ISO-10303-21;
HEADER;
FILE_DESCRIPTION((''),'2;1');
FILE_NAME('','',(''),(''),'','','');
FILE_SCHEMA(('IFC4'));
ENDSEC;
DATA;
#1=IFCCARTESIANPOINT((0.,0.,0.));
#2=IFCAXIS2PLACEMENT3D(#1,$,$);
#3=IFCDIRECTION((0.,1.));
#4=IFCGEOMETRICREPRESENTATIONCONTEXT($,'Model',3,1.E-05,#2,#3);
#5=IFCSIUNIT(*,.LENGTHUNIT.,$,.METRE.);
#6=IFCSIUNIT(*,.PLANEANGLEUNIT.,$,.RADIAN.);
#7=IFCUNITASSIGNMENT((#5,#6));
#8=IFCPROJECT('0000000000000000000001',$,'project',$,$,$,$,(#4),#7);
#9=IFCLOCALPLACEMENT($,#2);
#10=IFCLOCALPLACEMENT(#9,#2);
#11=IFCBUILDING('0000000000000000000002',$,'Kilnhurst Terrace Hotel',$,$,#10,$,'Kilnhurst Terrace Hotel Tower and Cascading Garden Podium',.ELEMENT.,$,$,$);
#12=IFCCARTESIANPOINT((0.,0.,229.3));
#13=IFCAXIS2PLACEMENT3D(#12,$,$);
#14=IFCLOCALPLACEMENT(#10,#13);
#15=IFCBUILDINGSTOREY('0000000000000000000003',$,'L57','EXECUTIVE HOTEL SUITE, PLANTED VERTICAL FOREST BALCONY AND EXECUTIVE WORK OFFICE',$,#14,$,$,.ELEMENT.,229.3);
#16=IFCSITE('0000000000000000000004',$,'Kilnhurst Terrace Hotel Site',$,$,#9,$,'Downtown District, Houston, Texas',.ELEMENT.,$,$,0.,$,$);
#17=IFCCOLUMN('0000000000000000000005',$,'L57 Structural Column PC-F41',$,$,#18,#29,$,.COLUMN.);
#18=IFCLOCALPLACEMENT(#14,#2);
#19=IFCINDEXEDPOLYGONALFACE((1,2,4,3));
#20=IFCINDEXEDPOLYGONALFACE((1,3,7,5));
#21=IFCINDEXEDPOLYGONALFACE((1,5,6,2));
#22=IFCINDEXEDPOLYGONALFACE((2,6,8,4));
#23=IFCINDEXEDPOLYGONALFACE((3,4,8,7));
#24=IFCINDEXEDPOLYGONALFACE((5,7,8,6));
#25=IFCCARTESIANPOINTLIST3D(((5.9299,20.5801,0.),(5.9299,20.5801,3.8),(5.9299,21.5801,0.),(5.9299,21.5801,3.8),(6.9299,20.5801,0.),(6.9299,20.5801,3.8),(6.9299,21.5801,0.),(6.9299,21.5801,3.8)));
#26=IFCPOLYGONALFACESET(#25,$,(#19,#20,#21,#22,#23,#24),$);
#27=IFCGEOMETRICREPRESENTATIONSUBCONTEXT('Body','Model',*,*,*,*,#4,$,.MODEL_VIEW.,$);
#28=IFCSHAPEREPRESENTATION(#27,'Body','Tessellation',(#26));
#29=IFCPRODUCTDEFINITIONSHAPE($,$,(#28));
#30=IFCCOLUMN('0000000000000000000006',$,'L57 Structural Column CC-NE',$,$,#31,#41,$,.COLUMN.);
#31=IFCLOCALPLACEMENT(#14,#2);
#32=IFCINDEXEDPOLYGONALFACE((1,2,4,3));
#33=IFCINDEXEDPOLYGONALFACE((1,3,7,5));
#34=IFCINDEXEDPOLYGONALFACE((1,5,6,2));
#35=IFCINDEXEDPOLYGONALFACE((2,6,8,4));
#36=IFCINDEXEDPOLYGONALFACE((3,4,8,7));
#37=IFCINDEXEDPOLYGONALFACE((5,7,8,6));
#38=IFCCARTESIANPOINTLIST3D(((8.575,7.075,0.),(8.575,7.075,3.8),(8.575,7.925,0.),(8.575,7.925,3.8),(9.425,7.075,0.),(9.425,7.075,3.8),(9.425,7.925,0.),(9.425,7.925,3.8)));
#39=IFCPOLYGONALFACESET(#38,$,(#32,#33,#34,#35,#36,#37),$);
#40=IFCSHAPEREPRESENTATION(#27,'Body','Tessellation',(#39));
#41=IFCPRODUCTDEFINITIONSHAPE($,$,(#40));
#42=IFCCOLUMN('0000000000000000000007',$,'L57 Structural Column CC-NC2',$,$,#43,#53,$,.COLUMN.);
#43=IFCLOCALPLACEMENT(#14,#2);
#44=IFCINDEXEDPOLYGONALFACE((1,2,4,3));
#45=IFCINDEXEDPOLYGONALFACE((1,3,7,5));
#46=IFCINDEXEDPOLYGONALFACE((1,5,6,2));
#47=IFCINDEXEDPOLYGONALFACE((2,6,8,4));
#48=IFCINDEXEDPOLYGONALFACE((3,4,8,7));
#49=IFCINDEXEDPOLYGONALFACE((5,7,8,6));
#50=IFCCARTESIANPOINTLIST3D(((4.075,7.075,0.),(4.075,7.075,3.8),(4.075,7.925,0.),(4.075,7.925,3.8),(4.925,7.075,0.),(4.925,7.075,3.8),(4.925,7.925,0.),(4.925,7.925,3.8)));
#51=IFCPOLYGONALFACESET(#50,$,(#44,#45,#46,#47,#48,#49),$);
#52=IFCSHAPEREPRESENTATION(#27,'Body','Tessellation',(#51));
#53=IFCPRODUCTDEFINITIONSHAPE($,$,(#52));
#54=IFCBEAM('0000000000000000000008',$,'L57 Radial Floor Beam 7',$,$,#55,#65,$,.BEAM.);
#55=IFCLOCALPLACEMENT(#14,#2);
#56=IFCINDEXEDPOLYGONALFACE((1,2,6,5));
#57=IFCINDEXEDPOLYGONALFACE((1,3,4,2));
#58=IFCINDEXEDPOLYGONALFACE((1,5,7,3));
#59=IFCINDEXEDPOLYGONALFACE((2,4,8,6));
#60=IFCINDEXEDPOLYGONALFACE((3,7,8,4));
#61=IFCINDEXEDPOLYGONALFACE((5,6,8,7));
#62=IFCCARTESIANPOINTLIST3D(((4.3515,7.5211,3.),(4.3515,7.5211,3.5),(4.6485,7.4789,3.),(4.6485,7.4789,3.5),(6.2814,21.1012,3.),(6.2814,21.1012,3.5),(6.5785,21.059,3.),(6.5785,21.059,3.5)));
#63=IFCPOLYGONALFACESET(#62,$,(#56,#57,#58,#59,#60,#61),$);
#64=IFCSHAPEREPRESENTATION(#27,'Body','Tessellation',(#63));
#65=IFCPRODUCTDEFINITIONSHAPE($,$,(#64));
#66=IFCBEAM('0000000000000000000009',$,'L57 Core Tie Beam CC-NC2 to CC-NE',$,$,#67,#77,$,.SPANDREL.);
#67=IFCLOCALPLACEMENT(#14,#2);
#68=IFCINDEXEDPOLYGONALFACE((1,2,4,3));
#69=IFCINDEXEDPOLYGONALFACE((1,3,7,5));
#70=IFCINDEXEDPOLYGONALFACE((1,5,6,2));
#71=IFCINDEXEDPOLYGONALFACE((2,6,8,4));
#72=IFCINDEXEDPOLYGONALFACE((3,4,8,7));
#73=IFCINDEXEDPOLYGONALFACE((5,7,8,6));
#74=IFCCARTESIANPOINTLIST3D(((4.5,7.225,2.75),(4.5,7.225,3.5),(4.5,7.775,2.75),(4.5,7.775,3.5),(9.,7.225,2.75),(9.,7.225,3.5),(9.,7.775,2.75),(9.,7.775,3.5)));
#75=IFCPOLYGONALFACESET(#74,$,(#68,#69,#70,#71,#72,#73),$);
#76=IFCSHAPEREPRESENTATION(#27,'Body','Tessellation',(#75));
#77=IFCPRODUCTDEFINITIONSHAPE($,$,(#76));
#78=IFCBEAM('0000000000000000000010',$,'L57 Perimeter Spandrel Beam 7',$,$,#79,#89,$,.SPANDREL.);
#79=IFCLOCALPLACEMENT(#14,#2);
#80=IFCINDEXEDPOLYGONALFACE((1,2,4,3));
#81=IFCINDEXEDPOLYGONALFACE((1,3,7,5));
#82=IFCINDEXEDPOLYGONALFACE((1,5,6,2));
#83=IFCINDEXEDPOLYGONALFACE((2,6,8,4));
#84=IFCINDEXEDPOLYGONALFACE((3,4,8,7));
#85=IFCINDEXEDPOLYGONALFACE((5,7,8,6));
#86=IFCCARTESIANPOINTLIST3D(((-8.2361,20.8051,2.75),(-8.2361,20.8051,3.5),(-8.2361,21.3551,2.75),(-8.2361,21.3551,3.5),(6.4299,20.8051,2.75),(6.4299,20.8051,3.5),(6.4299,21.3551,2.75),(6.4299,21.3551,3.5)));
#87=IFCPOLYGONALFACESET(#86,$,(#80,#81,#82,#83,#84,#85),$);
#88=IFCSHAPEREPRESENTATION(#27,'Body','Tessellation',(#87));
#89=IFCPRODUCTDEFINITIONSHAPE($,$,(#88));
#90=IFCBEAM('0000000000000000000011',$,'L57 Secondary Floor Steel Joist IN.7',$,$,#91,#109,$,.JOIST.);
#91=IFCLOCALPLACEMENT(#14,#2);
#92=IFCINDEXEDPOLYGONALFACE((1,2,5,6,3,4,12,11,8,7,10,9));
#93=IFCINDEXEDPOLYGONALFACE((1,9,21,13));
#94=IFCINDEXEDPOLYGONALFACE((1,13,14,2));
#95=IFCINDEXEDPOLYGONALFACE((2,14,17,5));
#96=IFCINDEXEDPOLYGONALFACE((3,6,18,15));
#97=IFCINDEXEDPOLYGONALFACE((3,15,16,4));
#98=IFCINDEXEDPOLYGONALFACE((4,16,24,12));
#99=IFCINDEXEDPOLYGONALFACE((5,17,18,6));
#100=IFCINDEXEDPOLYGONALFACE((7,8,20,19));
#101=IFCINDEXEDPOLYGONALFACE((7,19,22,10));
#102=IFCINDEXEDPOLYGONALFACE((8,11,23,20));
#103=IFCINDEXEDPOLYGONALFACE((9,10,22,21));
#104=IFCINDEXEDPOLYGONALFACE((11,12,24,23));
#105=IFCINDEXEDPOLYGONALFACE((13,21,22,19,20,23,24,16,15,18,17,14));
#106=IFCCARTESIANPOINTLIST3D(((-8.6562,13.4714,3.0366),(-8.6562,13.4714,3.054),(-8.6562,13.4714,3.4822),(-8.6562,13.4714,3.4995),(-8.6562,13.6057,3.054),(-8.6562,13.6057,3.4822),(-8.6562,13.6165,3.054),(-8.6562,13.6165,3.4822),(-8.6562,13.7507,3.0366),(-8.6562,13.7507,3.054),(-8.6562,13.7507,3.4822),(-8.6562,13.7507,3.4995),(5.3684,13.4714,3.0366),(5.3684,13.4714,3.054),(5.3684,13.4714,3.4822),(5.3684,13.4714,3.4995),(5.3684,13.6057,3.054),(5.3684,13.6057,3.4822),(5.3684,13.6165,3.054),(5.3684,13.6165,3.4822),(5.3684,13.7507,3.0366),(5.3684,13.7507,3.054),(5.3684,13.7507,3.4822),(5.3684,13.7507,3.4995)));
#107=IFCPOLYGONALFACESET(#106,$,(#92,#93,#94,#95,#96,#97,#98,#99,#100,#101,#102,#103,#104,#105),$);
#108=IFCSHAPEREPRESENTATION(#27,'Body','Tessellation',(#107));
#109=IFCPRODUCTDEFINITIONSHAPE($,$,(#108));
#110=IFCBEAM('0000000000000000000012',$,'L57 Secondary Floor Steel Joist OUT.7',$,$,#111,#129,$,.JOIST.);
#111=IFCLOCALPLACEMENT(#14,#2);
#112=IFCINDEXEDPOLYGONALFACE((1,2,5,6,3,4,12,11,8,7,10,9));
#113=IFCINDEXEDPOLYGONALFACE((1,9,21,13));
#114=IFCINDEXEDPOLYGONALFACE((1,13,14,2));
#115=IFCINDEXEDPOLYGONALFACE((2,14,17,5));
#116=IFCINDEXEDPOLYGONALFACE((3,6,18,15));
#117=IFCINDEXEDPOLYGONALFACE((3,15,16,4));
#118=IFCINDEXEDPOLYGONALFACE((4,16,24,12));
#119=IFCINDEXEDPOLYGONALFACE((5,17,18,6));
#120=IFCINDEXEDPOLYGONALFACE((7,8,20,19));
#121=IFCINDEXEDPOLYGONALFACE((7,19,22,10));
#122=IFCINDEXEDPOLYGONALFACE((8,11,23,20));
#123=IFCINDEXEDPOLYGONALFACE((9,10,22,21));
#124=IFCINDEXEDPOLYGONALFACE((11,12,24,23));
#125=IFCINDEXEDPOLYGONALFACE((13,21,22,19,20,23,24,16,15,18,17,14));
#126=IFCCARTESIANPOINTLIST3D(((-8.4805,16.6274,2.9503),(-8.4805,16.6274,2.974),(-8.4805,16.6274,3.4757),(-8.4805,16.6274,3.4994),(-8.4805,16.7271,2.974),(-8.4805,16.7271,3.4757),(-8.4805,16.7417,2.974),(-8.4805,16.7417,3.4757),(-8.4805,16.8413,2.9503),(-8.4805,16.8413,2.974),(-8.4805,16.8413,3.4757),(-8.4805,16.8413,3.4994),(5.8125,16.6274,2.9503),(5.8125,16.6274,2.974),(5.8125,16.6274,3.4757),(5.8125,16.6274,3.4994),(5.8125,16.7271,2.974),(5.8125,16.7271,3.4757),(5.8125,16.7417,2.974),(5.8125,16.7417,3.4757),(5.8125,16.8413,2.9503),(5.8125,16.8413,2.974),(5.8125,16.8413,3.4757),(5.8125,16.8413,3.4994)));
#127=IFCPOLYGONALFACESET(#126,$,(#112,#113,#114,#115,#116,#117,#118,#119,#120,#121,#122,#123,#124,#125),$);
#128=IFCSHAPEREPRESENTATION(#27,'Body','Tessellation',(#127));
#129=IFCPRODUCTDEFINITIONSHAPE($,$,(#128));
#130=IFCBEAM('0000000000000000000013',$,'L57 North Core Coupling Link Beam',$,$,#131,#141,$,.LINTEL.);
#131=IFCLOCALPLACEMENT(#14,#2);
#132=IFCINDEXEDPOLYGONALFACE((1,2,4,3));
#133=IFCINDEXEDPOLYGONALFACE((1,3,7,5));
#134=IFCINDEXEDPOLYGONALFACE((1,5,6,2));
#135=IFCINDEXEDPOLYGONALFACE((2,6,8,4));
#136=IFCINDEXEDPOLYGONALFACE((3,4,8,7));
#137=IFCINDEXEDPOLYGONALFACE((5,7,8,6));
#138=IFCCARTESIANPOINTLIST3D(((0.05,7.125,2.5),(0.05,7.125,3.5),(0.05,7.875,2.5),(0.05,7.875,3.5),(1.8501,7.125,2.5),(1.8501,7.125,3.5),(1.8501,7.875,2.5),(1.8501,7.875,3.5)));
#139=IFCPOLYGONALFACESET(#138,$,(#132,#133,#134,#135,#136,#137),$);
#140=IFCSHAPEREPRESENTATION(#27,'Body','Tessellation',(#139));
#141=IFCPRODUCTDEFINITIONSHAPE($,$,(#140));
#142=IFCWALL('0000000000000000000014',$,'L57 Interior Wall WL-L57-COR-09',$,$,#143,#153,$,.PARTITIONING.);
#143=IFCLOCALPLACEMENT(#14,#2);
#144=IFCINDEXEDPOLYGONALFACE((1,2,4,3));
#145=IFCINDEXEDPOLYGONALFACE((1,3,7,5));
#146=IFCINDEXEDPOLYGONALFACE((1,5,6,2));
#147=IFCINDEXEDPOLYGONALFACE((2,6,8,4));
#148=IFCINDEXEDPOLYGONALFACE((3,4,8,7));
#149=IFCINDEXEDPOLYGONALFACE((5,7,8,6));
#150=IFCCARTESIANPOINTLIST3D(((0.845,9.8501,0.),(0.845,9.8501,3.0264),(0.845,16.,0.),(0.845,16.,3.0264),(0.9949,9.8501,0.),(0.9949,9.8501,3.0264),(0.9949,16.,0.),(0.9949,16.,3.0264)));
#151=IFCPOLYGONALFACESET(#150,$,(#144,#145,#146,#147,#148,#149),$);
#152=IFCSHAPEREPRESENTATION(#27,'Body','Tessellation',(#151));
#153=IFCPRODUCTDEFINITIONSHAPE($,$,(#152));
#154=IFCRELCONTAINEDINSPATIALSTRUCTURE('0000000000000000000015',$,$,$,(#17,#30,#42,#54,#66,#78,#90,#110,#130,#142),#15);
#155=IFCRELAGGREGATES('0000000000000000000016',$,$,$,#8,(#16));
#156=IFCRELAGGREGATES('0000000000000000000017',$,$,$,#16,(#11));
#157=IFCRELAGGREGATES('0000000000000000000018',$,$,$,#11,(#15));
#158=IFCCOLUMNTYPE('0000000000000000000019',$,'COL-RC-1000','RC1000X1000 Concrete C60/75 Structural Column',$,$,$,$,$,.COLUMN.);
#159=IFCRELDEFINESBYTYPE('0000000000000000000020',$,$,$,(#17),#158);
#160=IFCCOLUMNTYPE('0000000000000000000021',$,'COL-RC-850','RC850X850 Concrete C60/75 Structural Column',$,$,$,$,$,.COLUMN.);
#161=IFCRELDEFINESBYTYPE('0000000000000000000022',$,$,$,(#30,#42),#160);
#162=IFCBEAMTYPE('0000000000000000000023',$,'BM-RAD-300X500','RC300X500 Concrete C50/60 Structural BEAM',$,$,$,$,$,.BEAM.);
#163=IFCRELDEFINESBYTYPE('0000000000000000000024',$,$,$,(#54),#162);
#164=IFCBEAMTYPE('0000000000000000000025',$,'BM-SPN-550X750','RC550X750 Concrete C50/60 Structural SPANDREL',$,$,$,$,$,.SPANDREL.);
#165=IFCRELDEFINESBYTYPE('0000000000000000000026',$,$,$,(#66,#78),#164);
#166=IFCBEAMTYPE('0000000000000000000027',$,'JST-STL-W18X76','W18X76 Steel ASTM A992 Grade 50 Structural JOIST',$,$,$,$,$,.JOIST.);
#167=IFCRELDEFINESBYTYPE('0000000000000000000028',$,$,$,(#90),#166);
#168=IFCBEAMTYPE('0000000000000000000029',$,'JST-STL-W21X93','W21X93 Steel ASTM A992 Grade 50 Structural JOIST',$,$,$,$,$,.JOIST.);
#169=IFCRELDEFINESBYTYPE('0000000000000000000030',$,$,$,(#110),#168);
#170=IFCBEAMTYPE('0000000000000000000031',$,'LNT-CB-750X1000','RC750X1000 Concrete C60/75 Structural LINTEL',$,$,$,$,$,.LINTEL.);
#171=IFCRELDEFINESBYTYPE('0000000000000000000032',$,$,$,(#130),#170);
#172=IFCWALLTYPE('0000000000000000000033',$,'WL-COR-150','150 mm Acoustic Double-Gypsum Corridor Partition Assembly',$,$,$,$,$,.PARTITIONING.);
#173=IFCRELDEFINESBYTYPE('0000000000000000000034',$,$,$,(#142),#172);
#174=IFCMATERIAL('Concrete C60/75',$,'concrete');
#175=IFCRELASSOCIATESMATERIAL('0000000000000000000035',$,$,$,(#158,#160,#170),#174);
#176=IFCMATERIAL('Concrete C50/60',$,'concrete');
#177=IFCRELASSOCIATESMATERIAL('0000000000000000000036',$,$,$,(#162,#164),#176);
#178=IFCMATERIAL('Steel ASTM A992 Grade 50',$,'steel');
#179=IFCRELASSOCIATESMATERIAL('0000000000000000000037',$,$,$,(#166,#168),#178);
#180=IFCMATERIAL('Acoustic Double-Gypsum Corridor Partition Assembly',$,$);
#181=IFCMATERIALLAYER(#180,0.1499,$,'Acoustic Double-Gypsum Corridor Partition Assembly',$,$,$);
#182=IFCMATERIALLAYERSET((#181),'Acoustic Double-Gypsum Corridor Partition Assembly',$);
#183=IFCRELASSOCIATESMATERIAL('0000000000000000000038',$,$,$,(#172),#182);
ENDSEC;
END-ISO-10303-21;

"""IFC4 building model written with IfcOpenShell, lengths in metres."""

from ifc_helpers import new_model, si_unit, direction, frame, frame_2d, origin, origin_2d, place, context, subcontext, project, spatial, rectangle, i_section, extrude, material, layer, layer_set, material_profile, profile_set, type_object, element, save


model = new_model("IFC4")

# Units and contexts
model_context = context("Model", 3, precision=1e-05, world=origin(), true_north=direction((0.0, 1.0)))
body_context = subcontext(model_context, "Body", "Model", "MODEL_VIEW")
ifc_project = project(units=[si_unit("LENGTHUNIT", "METRE"), si_unit("PLANEANGLEUNIT", "RADIAN")], contexts=[model_context])

# Site, building, storey
site_placement = place(None, origin())
site = spatial("IfcSite", under=ifc_project, at=site_placement, Name="Kilnhurst Terrace Hotel Site", LongName="Downtown District, Houston, Texas", CompositionType="ELEMENT", RefElevation=0.0)
building_placement = place(site_placement, origin())
building = spatial("IfcBuilding", under=site, at=building_placement, Name="Kilnhurst Terrace Hotel", LongName="Kilnhurst Terrace Hotel Tower and Cascading Garden Podium", CompositionType="ELEMENT")
storey_placement = place(building_placement, frame((0.0, 0.0, 229.3)))
storey = spatial("IfcBuildingStorey", under=building, at=storey_placement, Name="L57", Description="EXECUTIVE HOTEL SUITE, PLANTED VERTICAL FOREST BALCONY AND EXECUTIVE WORK OFFICE", CompositionType="ELEMENT", Elevation=229.3)

# Columns
ifc_material_1 = material(Name="Concrete C60/75", Category="concrete")
ifc_material_profile_1 = material_profile(ifc_material_1, rectangle(XDim=1.0, YDim=1.0, at=origin_2d()), Name="RC1000X1000")
ifc_profile_set_1 = profile_set([ifc_material_profile_1], Name="Concrete C60/75")
column_type_1 = type_object("IfcColumnType", Name="COL-RC-1000", Description="RC1000X1000 Concrete C60/75 Structural Column", PredefinedType="COLUMN", material=ifc_profile_set_1)
column_placement = place(storey_placement, frame((6.4299, 21.0801, 0.0), z_axis=(0.0, 0.0, 1.0), x_axis=(1.0, 0.0, 0.0)))
element("IfcColumn", 1, at=column_placement, inside=storey, type_object=column_type_1, Name="L57 Structural Column PC-F41", PredefinedType="COLUMN", context=body_context, shape_type="SweptSolid", body=[
    extrude(rectangle(XDim=1.0, YDim=1.0, at=origin_2d()), origin(), (0.0, 0.0, 1.0), 3.8),
])
ifc_material_profile_2 = material_profile(ifc_material_1, rectangle(XDim=0.8501, YDim=0.8501, at=origin_2d()), Name="RC850X850")
ifc_profile_set_2 = profile_set([ifc_material_profile_2], Name="Concrete C60/75")
column_type_2 = type_object("IfcColumnType", Name="COL-RC-850", Description="RC850X850 Concrete C60/75 Structural Column", PredefinedType="COLUMN", material=ifc_profile_set_2)
for number, where, z_axis, x_axis, name in (
    (2, (9.0, 7.5, 0.0), (0.0, 0.0, 1.0), (1.0, 0.0, 0.0), "L57 Structural Column CC-NE"),
    (3, (4.5, 7.5, 0.0), (0.0, 0.0, 1.0), (1.0, 0.0, 0.0), "L57 Structural Column CC-NC2"),
):
    element("IfcColumn", number, at=place(storey_placement, frame(where, z_axis=z_axis, x_axis=x_axis)), inside=storey, type_object=column_type_2, Name=name, PredefinedType="COLUMN", context=body_context, shape_type="SweptSolid", body=[
        extrude(rectangle(XDim=0.8501, YDim=0.8501, at=origin_2d()), origin(), (0.0, 0.0, 1.0), 3.8),
    ])

# Beams
ifc_material_2 = material(Name="Concrete C50/60", Category="concrete")
ifc_material_profile_3 = material_profile(ifc_material_2, rectangle(XDim=0.3, YDim=0.5, at=origin_2d()), Name="RC300X500")
ifc_profile_set_3 = profile_set([ifc_material_profile_3], Name="Concrete C50/60")
beam_type_1 = type_object("IfcBeamType", Name="BM-RAD-300X500", Description="RC300X500 Concrete C50/60 Structural BEAM", PredefinedType="BEAM", material=ifc_profile_set_3)
beam_1_placement = place(storey_placement, frame((4.5, 7.5, 3.25), z_axis=(0.140701, 0.990052, 0.0), x_axis=(-0.990052, 0.140701, 0.0)))
element("IfcBeam", 4, at=beam_1_placement, inside=storey, type_object=beam_type_1, Name="L57 Radial Floor Beam 7", PredefinedType="BEAM", context=body_context, shape_type="SweptSolid", body=[
    extrude(rectangle(XDim=0.3, YDim=0.5, at=origin_2d()), origin(), (0.0, 0.0, 1.0), 13.7166),
])
ifc_material_profile_4 = material_profile(ifc_material_2, rectangle(XDim=0.55, YDim=0.75, at=origin_2d()), Name="RC550X750")
ifc_profile_set_4 = profile_set([ifc_material_profile_4], Name="Concrete C50/60")
beam_type_2 = type_object("IfcBeamType", Name="BM-SPN-550X750", Description="RC550X750 Concrete C50/60 Structural SPANDREL", PredefinedType="SPANDREL", material=ifc_profile_set_4)
beam_2_placement = place(storey_placement, frame((4.5, 7.5, 3.125), z_axis=(1.0, 0.0, 0.0), x_axis=(0.0, 1.0, 0.0)))
element("IfcBeam", 5, at=beam_2_placement, inside=storey, type_object=beam_type_2, Name="L57 Core Tie Beam CC-NC2 to CC-NE", PredefinedType="SPANDREL", context=body_context, shape_type="SweptSolid", body=[
    extrude(rectangle(XDim=0.55, YDim=0.75, at=origin_2d()), origin(), (0.0, 0.0, 1.0), 4.5),
])
beam_3_placement = place(storey_placement, frame((6.4299, 21.0801, 3.125), z_axis=(-1.0, 0.0, 0.0), x_axis=(0.0, -1.0, 0.0)))
element("IfcBeam", 6, at=beam_3_placement, inside=storey, type_object=beam_type_2, Name="L57 Perimeter Spandrel Beam 7", PredefinedType="SPANDREL", context=body_context, shape_type="SweptSolid", body=[
    extrude(rectangle(XDim=0.55, YDim=0.75, at=origin_2d()), origin(), (0.0, 0.0, 1.0), 14.666),
])
ifc_material_3 = material(Name="Steel ASTM A992 Grade 50", Category="steel")
ifc_material_profile_5 = material_profile(ifc_material_3, i_section(OverallWidth=0.2793, OverallDepth=0.4629, WebThickness=0.0107, FlangeThickness=0.0173, at=origin_2d()), Name="W18X76")
ifc_profile_set_5 = profile_set([ifc_material_profile_5], Name="Steel ASTM A992 Grade 50")
beam_type_3 = type_object("IfcBeamType", Name="JST-STL-W18X76", Description="W18X76 Steel ASTM A992 Grade 50 Structural JOIST", PredefinedType="JOIST", material=ifc_profile_set_5)
beam_4_placement = place(storey_placement, frame((5.3684, 13.6111, 3.2681), z_axis=(-1.0, 0.0, 0.0), x_axis=(0.0, -1.0, 0.0)))
element("IfcBeam", 7, at=beam_4_placement, inside=storey, type_object=beam_type_3, Name="L57 Secondary Floor Steel Joist IN.7", PredefinedType="JOIST", context=body_context, shape_type="SweptSolid", body=[
    extrude(i_section(OverallWidth=0.2793, OverallDepth=0.4629, WebThickness=0.0107, FlangeThickness=0.0173, at=origin_2d()), origin(), (0.0, 0.0, 1.0), 14.0247),
])
ifc_material_profile_6 = material_profile(ifc_material_3, i_section(OverallWidth=0.2139, OverallDepth=0.5491, WebThickness=0.0146, FlangeThickness=0.0237, at=origin_2d()), Name="W21X93")
ifc_profile_set_6 = profile_set([ifc_material_profile_6], Name="Steel ASTM A992 Grade 50")
beam_type_4 = type_object("IfcBeamType", Name="JST-STL-W21X93", Description="W21X93 Steel ASTM A992 Grade 50 Structural JOIST", PredefinedType="JOIST", material=ifc_profile_set_6)
beam_5_placement = place(storey_placement, frame((5.8125, 16.7344, 3.2249), z_axis=(-1.0, 0.0, 0.0), x_axis=(0.0, -1.0, 0.0)))
element("IfcBeam", 8, at=beam_5_placement, inside=storey, type_object=beam_type_4, Name="L57 Secondary Floor Steel Joist OUT.7", PredefinedType="JOIST", context=body_context, shape_type="SweptSolid", body=[
    extrude(i_section(OverallWidth=0.2139, OverallDepth=0.5491, WebThickness=0.0146, FlangeThickness=0.0237, at=origin_2d()), origin(), (0.0, 0.0, 1.0), 14.293),
])
ifc_material_profile_7 = material_profile(ifc_material_1, rectangle(XDim=0.75, YDim=1.0, at=origin_2d()), Name="RC750X1000")
ifc_profile_set_7 = profile_set([ifc_material_profile_7], Name="Concrete C60/75")
beam_type_5 = type_object("IfcBeamType", Name="LNT-CB-750X1000", Description="RC750X1000 Concrete C60/75 Structural LINTEL", PredefinedType="LINTEL", material=ifc_profile_set_7)
beam_6_placement = place(storey_placement, frame((0.05, 7.5, 3.0), z_axis=(1.0, 0.0, 0.0), x_axis=(0.0, 1.0, 0.0)))
element("IfcBeam", 9, at=beam_6_placement, inside=storey, type_object=beam_type_5, Name="L57 North Core Coupling Link Beam", PredefinedType="LINTEL", context=body_context, shape_type="SweptSolid", body=[
    extrude(rectangle(XDim=0.75, YDim=1.0, at=origin_2d()), origin(), (0.0, 0.0, 1.0), 1.8),
])

# Wall
ifc_material_4 = material(Name="Acoustic Double-Gypsum Corridor Partition Assembly")
ifc_layer_1 = layer(ifc_material_4, 0.1499, Name="Acoustic Double-Gypsum Corridor Partition Assembly")
ifc_layer_set_1 = layer_set([ifc_layer_1], Name="Acoustic Double-Gypsum Corridor Partition Assembly")
wall_type_1 = type_object("IfcWallType", Name="WL-COR-150", Description="150 mm Acoustic Double-Gypsum Corridor Partition Assembly", PredefinedType="PARTITIONING", material=ifc_layer_set_1)
wall_1_placement = place(storey_placement, frame((0.9199, 16.0, 0.0), z_axis=(0.0, 0.0, 1.0), x_axis=(0.0, -1.0, 0.0)))
element("IfcWall", 10, at=wall_1_placement, inside=storey, type_object=wall_type_1, Name="L57 Interior Wall WL-L57-COR-09", PredefinedType="PARTITIONING", context=body_context, shape_type="SweptSolid", body=[
    extrude(rectangle(XDim=6.1499, YDim=0.1499, at=frame_2d((3.075, 0.0))), origin(), (0.0, 0.0, 1.0), 3.0264),
])

save(model, "model.ifc")
